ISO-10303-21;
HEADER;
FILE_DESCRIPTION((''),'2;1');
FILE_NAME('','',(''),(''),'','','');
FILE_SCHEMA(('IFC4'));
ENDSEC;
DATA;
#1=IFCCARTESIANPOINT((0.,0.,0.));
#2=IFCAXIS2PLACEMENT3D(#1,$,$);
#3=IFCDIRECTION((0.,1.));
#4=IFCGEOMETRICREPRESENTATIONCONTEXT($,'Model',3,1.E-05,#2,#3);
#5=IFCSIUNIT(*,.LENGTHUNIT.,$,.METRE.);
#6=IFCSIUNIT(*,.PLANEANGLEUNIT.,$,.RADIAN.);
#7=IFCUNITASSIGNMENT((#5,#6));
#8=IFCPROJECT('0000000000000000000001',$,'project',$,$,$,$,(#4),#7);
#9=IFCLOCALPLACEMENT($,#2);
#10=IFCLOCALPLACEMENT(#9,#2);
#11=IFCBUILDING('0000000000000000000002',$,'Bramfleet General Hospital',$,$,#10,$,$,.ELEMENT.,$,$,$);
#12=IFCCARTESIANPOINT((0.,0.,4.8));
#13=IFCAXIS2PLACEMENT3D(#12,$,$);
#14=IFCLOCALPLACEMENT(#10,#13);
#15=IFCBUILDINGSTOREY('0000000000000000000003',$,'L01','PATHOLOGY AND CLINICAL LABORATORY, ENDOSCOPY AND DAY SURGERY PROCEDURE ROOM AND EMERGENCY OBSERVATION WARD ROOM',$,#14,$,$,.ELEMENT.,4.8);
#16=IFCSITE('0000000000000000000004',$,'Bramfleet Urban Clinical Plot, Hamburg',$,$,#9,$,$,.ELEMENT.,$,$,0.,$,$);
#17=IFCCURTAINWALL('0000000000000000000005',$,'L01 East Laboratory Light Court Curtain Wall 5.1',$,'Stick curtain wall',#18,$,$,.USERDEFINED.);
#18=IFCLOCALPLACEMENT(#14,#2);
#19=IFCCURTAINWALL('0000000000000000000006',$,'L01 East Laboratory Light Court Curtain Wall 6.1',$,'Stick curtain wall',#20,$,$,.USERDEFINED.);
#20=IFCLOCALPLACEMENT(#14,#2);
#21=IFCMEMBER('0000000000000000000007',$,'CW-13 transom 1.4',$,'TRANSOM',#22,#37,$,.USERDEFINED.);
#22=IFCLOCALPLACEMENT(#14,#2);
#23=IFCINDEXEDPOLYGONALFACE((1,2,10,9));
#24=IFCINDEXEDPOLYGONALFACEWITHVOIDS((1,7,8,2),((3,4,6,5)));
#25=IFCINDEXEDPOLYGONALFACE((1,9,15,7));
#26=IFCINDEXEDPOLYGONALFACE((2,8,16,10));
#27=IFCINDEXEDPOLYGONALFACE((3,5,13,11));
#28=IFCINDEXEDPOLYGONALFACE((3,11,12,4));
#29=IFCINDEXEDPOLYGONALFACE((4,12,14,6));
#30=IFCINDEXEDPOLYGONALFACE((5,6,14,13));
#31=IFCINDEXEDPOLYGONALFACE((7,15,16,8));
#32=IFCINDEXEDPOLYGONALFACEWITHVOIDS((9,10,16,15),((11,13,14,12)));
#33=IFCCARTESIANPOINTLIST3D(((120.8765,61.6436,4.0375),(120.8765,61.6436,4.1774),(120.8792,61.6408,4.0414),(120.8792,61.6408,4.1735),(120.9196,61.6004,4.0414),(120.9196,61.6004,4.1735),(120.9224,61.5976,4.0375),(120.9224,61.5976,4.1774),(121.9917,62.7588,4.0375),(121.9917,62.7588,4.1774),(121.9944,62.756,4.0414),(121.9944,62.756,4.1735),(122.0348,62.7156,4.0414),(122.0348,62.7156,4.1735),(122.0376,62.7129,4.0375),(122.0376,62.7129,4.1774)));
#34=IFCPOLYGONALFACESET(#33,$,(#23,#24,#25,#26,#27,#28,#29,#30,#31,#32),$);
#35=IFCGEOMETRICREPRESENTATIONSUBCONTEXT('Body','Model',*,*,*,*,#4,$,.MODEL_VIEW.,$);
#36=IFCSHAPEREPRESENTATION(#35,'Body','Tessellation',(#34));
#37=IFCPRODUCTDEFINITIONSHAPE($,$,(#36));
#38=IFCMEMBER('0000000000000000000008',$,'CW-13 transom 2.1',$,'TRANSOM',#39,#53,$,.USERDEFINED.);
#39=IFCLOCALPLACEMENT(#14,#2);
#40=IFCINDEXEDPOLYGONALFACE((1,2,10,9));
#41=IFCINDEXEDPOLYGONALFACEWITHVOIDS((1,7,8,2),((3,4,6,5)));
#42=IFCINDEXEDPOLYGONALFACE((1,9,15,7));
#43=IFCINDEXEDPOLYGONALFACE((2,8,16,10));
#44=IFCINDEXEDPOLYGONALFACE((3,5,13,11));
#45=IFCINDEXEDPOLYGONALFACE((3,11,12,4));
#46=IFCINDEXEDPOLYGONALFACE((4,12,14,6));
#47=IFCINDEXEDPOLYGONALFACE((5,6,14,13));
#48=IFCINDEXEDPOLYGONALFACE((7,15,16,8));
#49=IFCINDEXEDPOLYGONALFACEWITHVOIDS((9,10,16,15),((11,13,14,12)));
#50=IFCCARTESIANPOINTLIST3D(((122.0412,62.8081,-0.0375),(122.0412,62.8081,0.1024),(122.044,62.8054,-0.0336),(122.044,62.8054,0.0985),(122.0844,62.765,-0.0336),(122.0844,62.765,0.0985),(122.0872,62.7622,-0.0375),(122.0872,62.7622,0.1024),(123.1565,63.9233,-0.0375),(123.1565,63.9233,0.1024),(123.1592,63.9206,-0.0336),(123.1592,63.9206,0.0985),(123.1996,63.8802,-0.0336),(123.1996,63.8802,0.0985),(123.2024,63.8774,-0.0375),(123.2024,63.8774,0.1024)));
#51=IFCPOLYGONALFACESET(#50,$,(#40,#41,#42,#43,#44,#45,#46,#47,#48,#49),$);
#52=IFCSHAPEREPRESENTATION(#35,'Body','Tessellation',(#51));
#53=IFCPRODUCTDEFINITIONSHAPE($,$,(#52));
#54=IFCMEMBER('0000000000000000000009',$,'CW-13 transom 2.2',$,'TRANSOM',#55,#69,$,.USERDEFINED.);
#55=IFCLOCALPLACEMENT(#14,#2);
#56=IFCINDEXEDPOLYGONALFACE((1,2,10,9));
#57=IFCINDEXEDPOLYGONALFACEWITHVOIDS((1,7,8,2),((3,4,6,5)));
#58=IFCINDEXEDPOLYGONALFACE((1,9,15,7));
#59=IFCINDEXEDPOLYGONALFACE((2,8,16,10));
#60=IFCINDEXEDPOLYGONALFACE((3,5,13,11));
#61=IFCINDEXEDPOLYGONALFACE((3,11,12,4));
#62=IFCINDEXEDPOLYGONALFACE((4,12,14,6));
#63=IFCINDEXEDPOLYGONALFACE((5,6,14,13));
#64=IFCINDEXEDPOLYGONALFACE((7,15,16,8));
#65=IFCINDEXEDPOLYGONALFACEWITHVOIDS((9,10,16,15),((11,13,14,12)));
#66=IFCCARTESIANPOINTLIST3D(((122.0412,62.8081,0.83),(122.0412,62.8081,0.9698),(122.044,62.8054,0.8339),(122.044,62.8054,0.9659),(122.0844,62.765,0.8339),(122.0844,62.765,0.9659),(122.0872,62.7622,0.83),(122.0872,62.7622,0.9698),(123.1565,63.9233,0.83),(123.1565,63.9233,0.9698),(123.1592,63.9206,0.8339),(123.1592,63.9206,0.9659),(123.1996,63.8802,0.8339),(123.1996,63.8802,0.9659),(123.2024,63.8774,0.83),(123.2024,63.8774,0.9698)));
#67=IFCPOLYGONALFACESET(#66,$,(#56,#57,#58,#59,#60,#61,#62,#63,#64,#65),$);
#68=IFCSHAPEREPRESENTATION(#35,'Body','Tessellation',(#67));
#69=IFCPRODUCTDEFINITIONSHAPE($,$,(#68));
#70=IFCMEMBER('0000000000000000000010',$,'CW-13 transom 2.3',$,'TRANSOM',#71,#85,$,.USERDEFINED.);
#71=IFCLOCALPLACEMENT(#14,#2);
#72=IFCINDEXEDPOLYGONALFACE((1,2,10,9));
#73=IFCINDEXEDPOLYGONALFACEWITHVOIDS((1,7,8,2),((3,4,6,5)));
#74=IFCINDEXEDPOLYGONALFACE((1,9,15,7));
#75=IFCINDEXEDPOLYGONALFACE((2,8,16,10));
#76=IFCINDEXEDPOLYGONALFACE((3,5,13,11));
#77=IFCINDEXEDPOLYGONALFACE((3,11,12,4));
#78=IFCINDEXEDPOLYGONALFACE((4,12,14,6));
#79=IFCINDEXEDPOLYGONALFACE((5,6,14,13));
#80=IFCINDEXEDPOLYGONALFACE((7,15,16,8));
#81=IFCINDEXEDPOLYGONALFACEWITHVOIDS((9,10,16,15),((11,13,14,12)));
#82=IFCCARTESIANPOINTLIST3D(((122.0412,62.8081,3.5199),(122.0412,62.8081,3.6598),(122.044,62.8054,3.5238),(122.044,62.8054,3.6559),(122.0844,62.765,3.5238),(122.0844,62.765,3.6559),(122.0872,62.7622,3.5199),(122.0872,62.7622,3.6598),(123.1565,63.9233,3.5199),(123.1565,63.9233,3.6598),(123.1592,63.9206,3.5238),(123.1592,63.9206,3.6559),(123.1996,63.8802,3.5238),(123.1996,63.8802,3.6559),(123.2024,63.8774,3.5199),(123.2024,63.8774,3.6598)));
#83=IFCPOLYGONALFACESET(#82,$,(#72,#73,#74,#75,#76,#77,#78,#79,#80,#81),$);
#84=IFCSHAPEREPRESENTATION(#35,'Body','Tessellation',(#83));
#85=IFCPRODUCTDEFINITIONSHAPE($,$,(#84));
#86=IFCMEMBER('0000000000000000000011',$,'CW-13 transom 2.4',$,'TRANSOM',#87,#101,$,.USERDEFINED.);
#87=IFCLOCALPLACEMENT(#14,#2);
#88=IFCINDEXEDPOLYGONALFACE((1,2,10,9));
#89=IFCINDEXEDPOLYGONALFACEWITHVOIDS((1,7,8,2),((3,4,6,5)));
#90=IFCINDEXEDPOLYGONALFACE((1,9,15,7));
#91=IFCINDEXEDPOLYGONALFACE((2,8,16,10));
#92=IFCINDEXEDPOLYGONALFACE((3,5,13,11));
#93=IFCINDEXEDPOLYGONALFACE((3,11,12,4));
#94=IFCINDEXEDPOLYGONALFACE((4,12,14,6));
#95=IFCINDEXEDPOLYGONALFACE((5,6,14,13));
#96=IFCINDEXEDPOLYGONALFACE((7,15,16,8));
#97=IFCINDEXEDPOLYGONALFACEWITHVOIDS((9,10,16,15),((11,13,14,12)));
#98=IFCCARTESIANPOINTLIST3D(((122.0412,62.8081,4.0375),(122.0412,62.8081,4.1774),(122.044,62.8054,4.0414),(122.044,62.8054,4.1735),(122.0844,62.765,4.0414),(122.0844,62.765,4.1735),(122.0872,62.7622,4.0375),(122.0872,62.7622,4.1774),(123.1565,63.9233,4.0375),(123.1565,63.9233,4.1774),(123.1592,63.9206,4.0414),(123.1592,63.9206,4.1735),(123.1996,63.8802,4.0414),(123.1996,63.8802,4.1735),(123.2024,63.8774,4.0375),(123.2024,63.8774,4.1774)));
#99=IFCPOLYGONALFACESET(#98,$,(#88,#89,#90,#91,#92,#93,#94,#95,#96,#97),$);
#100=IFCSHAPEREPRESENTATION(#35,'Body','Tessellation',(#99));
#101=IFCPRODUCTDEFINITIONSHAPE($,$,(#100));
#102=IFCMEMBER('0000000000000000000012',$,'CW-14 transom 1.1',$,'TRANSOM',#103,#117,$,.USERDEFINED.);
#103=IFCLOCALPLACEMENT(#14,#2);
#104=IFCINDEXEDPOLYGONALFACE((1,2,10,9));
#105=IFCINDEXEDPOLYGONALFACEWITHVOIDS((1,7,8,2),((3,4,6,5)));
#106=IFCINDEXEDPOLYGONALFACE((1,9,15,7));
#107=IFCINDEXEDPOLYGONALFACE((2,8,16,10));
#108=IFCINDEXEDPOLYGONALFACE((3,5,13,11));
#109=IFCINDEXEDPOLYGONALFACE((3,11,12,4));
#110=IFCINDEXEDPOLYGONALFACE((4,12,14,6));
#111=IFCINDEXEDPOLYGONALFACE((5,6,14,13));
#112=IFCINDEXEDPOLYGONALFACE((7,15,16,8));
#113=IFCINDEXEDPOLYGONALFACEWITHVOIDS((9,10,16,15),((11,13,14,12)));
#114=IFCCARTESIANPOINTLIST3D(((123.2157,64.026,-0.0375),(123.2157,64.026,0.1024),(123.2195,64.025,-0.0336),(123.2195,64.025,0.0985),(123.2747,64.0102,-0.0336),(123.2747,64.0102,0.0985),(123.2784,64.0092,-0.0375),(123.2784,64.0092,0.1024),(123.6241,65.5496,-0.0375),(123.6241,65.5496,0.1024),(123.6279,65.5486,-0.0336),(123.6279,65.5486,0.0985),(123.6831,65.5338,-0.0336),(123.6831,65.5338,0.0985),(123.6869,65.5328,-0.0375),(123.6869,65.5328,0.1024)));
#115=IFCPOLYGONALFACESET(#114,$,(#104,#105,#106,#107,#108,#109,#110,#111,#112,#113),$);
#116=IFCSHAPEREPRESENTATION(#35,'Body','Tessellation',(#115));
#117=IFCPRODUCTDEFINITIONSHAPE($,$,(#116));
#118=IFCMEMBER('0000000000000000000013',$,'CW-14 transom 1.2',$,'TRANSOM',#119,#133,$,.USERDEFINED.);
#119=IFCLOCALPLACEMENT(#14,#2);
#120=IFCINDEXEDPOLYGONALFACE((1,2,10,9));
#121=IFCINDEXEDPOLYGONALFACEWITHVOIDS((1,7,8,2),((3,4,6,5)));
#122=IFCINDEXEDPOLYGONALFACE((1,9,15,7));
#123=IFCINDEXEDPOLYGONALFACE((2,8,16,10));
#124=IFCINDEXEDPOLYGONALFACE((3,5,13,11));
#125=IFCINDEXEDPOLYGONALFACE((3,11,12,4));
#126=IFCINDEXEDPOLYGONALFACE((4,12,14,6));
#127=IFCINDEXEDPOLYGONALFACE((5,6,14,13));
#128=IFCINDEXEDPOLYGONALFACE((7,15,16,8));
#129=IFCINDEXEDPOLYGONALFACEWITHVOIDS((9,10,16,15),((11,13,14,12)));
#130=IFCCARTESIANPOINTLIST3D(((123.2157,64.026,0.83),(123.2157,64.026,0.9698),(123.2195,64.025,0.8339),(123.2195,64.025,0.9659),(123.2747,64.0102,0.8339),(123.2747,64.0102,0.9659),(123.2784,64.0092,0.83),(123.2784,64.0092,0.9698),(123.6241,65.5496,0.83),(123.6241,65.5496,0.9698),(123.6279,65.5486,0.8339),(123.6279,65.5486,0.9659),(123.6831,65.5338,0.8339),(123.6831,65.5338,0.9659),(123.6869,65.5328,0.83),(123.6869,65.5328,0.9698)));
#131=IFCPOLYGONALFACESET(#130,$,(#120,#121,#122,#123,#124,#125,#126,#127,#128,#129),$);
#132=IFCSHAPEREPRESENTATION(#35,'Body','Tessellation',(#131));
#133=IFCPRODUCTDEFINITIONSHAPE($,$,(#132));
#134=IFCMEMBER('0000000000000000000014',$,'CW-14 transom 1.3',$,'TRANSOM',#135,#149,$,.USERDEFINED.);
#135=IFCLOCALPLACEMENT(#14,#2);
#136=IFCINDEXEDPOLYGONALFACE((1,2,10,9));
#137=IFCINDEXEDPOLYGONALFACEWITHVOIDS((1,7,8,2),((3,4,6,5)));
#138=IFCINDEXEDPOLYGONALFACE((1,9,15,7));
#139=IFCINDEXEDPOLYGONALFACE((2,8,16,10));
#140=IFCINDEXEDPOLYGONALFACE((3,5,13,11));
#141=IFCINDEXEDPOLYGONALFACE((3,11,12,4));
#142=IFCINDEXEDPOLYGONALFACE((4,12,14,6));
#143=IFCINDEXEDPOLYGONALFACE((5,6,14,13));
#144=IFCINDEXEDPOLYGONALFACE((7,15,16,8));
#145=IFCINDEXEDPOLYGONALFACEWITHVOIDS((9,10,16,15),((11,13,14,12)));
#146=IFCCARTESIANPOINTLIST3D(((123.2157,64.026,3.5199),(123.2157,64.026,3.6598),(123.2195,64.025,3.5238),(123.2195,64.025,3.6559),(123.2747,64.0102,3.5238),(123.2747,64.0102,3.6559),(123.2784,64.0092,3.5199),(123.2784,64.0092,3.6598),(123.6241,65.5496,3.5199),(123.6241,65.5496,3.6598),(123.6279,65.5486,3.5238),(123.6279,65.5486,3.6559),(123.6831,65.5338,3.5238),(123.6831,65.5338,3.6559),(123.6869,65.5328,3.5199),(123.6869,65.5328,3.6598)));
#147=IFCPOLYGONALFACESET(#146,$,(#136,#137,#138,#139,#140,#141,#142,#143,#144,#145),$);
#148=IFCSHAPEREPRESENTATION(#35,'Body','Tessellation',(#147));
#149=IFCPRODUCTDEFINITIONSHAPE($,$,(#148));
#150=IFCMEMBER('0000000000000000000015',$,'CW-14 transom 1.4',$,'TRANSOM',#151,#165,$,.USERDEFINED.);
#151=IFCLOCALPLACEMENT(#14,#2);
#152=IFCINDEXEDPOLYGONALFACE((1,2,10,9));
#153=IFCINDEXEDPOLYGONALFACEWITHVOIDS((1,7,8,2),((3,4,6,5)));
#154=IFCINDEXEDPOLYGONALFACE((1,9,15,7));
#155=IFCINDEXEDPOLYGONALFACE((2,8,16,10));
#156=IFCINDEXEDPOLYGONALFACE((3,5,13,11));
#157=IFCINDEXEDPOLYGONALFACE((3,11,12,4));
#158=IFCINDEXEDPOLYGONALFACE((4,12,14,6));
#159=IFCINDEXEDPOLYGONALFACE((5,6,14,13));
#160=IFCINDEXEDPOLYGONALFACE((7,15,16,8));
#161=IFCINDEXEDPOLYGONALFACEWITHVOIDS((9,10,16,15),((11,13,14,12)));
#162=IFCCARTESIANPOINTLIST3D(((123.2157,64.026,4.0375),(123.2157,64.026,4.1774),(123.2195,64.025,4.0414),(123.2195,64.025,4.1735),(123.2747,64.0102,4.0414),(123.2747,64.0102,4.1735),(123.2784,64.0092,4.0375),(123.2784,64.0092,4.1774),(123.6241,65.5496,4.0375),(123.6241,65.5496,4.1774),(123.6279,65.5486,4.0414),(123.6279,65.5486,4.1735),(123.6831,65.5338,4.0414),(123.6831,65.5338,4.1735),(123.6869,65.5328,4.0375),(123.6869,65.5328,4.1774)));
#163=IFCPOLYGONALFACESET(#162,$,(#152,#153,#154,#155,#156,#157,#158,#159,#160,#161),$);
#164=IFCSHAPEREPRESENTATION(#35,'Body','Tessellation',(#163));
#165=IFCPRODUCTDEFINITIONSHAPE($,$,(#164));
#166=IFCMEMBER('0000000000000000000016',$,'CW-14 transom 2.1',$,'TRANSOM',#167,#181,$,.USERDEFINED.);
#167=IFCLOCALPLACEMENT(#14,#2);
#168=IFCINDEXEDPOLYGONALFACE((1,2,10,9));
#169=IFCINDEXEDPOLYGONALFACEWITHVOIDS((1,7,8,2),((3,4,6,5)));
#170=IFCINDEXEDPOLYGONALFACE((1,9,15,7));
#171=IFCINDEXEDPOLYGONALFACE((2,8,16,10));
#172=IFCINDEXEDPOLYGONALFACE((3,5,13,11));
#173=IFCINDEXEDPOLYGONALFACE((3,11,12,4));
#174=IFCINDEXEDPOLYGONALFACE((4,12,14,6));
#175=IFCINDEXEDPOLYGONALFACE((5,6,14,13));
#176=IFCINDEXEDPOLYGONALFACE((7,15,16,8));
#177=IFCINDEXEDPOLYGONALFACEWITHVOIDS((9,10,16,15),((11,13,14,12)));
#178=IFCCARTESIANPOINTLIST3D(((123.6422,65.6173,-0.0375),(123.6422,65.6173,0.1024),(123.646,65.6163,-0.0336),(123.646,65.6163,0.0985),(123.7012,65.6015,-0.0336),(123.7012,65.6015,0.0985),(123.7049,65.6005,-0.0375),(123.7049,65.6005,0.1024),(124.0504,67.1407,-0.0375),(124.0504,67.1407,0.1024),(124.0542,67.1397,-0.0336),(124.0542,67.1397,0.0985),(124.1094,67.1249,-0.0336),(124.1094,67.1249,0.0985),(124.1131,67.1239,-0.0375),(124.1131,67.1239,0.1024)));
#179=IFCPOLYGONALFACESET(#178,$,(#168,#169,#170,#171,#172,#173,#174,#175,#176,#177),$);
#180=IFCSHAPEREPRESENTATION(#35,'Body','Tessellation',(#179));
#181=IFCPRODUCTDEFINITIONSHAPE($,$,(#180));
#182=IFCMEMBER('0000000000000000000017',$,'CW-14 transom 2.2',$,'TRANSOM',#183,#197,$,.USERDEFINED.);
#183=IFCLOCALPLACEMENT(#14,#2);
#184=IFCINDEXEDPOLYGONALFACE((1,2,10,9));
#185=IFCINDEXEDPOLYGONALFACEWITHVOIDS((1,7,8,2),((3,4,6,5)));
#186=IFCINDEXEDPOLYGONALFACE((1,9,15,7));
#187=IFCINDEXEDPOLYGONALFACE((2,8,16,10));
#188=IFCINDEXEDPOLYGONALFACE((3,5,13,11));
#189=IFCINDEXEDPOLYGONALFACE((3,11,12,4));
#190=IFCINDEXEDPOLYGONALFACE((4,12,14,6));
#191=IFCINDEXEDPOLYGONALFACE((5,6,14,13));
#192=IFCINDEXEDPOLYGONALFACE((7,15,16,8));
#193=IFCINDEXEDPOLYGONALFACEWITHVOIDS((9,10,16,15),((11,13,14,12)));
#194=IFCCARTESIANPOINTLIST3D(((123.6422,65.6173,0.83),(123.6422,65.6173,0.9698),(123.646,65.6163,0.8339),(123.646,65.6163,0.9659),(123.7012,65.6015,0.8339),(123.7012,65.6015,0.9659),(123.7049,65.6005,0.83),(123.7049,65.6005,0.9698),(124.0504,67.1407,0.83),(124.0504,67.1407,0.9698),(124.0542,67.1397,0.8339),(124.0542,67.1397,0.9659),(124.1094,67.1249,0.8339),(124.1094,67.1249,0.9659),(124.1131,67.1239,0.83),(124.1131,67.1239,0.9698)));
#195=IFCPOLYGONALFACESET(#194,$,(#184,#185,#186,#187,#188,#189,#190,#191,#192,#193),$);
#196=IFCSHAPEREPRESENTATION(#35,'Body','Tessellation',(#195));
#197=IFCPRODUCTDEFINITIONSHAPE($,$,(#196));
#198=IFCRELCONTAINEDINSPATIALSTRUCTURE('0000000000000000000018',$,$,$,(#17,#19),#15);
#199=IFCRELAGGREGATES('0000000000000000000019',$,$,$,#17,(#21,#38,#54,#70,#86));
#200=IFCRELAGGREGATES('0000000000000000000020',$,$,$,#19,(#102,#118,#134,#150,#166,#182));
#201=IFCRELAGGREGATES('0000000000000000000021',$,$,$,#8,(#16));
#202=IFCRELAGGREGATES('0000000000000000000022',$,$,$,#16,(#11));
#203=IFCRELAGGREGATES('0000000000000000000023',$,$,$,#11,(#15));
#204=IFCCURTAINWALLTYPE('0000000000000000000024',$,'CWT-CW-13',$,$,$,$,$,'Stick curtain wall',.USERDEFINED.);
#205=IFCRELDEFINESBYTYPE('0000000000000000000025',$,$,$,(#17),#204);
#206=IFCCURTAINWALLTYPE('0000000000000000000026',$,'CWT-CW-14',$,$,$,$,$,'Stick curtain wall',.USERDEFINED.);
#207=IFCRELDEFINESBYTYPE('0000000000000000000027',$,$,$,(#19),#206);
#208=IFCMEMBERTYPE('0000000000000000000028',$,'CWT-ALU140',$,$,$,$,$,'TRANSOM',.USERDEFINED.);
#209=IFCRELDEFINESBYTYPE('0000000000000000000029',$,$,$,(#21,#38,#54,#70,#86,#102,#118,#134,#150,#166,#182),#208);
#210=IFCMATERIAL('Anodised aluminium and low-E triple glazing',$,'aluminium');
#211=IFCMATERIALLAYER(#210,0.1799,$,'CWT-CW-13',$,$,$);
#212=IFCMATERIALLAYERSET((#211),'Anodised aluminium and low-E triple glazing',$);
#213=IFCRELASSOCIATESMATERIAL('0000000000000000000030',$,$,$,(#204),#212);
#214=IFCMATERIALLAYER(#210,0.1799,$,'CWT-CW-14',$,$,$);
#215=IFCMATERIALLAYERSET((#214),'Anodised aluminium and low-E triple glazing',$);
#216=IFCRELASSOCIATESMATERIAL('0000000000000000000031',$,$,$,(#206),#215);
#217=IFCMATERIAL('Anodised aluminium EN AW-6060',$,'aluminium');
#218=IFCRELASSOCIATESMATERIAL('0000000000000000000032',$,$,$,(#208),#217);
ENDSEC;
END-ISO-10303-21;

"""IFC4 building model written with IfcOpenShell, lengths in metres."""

from ifc_helpers import new_model, si_unit, direction, frame, origin, origin_2d, place, context, subcontext, project, spatial, hollow_rectangle, extrude, material, layer, layer_set, material_profile, profile_set, type_object, element, aggregate, save


model = new_model("IFC4")

# Units and contexts
model_context = context("Model", 3, precision=1e-05, world=origin(), true_north=direction((0.0, 1.0)))
body_context = subcontext(model_context, "Body", "Model", "MODEL_VIEW")
ifc_project = project(units=[si_unit("LENGTHUNIT", "METRE"), si_unit("PLANEANGLEUNIT", "RADIAN")], contexts=[model_context])

# Site, building, storey
site_placement = place(None, origin())
site = spatial("IfcSite", under=ifc_project, at=site_placement, Name="Bramfleet Urban Clinical Plot, Hamburg", CompositionType="ELEMENT", RefElevation=0.0)
building_placement = place(site_placement, origin())
building = spatial("IfcBuilding", under=site, at=building_placement, Name="Bramfleet General Hospital", CompositionType="ELEMENT")
storey_placement = place(building_placement, frame((0.0, 0.0, 4.8)))
storey = spatial("IfcBuildingStorey", under=building, at=storey_placement, Name="L01", Description="PATHOLOGY AND CLINICAL LABORATORY, ENDOSCOPY AND DAY SURGERY PROCEDURE ROOM AND EMERGENCY OBSERVATION WARD ROOM", CompositionType="ELEMENT", Elevation=4.8)

# Curtain walls
ifc_material_1 = material(Name="Anodised aluminium and low-E triple glazing", Category="aluminium")
ifc_layer_1 = layer(ifc_material_1, 0.1799, Name="CWT-CW-13")
ifc_layer_set_1 = layer_set([ifc_layer_1], Name="Anodised aluminium and low-E triple glazing")
curtain_wall_type_1 = type_object("IfcCurtainWallType", Name="CWT-CW-13", ElementType="Stick curtain wall", PredefinedType="USERDEFINED", material=ifc_layer_set_1)
curtain_wall_1_placement = place(storey_placement, origin())
curtain_wall_1 = element("IfcCurtainWall", 1, at=curtain_wall_1_placement, inside=storey, type_object=curtain_wall_type_1, Name="L01 East Laboratory Light Court Curtain Wall 5.1", ObjectType="Stick curtain wall", PredefinedType="USERDEFINED")
ifc_material_2 = material(Name="Anodised aluminium EN AW-6060", Category="aluminium")
ifc_layer_2 = layer(ifc_material_1, 0.1799, Name="CWT-CW-14")
ifc_layer_set_2 = layer_set([ifc_layer_2], Name="Anodised aluminium and low-E triple glazing")
curtain_wall_type_2 = type_object("IfcCurtainWallType", Name="CWT-CW-14", ElementType="Stick curtain wall", PredefinedType="USERDEFINED", material=ifc_layer_set_2)
curtain_wall_2_placement = place(storey_placement, origin())
curtain_wall_2 = element("IfcCurtainWall", 2, at=curtain_wall_2_placement, inside=storey, type_object=curtain_wall_type_2, Name="L01 East Laboratory Light Court Curtain Wall 6.1", ObjectType="Stick curtain wall", PredefinedType="USERDEFINED")

# Members
ifc_material_profile_1 = material_profile(ifc_material_2, hollow_rectangle(XDim=0.0649, YDim=0.1399, WallThickness=0.0039, at=origin_2d()), Name="ALU 140x65x4.0")
ifc_profile_set_1 = profile_set([ifc_material_profile_1], Name="Anodised aluminium EN AW-6060")
member_type_1 = type_object("IfcMemberType", Name="CWT-ALU140", ElementType="TRANSOM", PredefinedType="USERDEFINED", material=ifc_profile_set_1)
member_1_placement = place(storey_placement, frame((120.8994, 61.6206, 4.1074), z_axis=(0.707107, 0.707107, 0.0), x_axis=(-0.707107, 0.707107, 0.0)))
member_1 = element("IfcMember", 3, at=member_1_placement, type_object=member_type_1, Name="CW-13 transom 1.4", ObjectType="TRANSOM", PredefinedType="USERDEFINED", context=body_context, shape_type="SweptSolid", body=[
    extrude(hollow_rectangle(XDim=0.0649, YDim=0.1399, WallThickness=0.0039, at=origin_2d()), origin(), (0.0, 0.0, 1.0), 1.5771),
])
member_2_placement = place(storey_placement, frame((122.0642, 62.7852, 0.0325), z_axis=(0.707107, 0.707107, 0.0), x_axis=(-0.707107, 0.707107, 0.0)))
member_2 = element("IfcMember", 4, at=member_2_placement, type_object=member_type_1, Name="CW-13 transom 2.1", ObjectType="TRANSOM", PredefinedType="USERDEFINED", context=body_context, shape_type="SweptSolid", body=[
    extrude(hollow_rectangle(XDim=0.0649, YDim=0.1399, WallThickness=0.0039, at=origin_2d()), origin(), (0.0, 0.0, 1.0), 1.5771),
])
member_3_placement = place(storey_placement, frame((122.0642, 62.7852, 0.8999), z_axis=(0.707107, 0.707107, 0.0), x_axis=(-0.707107, 0.707107, 0.0)))
member_3 = element("IfcMember", 5, at=member_3_placement, type_object=member_type_1, Name="CW-13 transom 2.2", ObjectType="TRANSOM", PredefinedType="USERDEFINED", context=body_context, shape_type="SweptSolid", body=[
    extrude(hollow_rectangle(XDim=0.0649, YDim=0.1399, WallThickness=0.0039, at=origin_2d()), origin(), (0.0, 0.0, 1.0), 1.5771),
])
member_4_placement = place(storey_placement, frame((122.0642, 62.7852, 3.5898), z_axis=(0.707107, 0.707107, 0.0), x_axis=(-0.707107, 0.707107, 0.0)))
member_4 = element("IfcMember", 6, at=member_4_placement, type_object=member_type_1, Name="CW-13 transom 2.3", ObjectType="TRANSOM", PredefinedType="USERDEFINED", context=body_context, shape_type="SweptSolid", body=[
    extrude(hollow_rectangle(XDim=0.0649, YDim=0.1399, WallThickness=0.0039, at=origin_2d()), origin(), (0.0, 0.0, 1.0), 1.5771),
])
member_5_placement = place(storey_placement, frame((122.0642, 62.7852, 4.1074), z_axis=(0.707107, 0.707107, 0.0), x_axis=(-0.707107, 0.707107, 0.0)))
member_5 = element("IfcMember", 7, at=member_5_placement, type_object=member_type_1, Name="CW-13 transom 2.4", ObjectType="TRANSOM", PredefinedType="USERDEFINED", context=body_context, shape_type="SweptSolid", body=[
    extrude(hollow_rectangle(XDim=0.0649, YDim=0.1399, WallThickness=0.0039, at=origin_2d()), origin(), (0.0, 0.0, 1.0), 1.5771),
])
member_6_placement = place(storey_placement, frame((123.2471, 64.0176, 0.0325), z_axis=(0.258924, 0.965898, 0.0), x_axis=(-0.965898, 0.258924, 0.0)))
member_6 = element("IfcMember", 8, at=member_6_placement, type_object=member_type_1, Name="CW-14 transom 1.1", ObjectType="TRANSOM", PredefinedType="USERDEFINED", context=body_context, shape_type="SweptSolid", body=[
    extrude(hollow_rectangle(XDim=0.0649, YDim=0.1399, WallThickness=0.0039, at=origin_2d()), origin(), (0.0, 0.0, 1.0), 1.5774),
])
member_7_placement = place(storey_placement, frame((123.2471, 64.0176, 0.8999), z_axis=(0.258924, 0.965898, 0.0), x_axis=(-0.965898, 0.258924, 0.0)))
member_7 = element("IfcMember", 9, at=member_7_placement, type_object=member_type_1, Name="CW-14 transom 1.2", ObjectType="TRANSOM", PredefinedType="USERDEFINED", context=body_context, shape_type="SweptSolid", body=[
    extrude(hollow_rectangle(XDim=0.0649, YDim=0.1399, WallThickness=0.0039, at=origin_2d()), origin(), (0.0, 0.0, 1.0), 1.5774),
])
member_8_placement = place(storey_placement, frame((123.2471, 64.0176, 3.5898), z_axis=(0.258924, 0.965898, 0.0), x_axis=(-0.965898, 0.258924, 0.0)))
member_8 = element("IfcMember", 10, at=member_8_placement, type_object=member_type_1, Name="CW-14 transom 1.3", ObjectType="TRANSOM", PredefinedType="USERDEFINED", context=body_context, shape_type="SweptSolid", body=[
    extrude(hollow_rectangle(XDim=0.0649, YDim=0.1399, WallThickness=0.0039, at=origin_2d()), origin(), (0.0, 0.0, 1.0), 1.5774),
])
member_9_placement = place(storey_placement, frame((123.2471, 64.0176, 4.1074), z_axis=(0.258924, 0.965898, 0.0), x_axis=(-0.965898, 0.258924, 0.0)))
member_9 = element("IfcMember", 11, at=member_9_placement, type_object=member_type_1, Name="CW-14 transom 1.4", ObjectType="TRANSOM", PredefinedType="USERDEFINED", context=body_context, shape_type="SweptSolid", body=[
    extrude(hollow_rectangle(XDim=0.0649, YDim=0.1399, WallThickness=0.0039, at=origin_2d()), origin(), (0.0, 0.0, 1.0), 1.5774),
])
member_10_placement = place(storey_placement, frame((123.6736, 65.6089, 0.0325), z_axis=(0.258819, 0.965926, 0.0), x_axis=(-0.965926, 0.258819, 0.0)))
member_10 = element("IfcMember", 12, at=member_10_placement, type_object=member_type_1, Name="CW-14 transom 2.1", ObjectType="TRANSOM", PredefinedType="USERDEFINED", context=body_context, shape_type="SweptSolid", body=[
    extrude(hollow_rectangle(XDim=0.0649, YDim=0.1399, WallThickness=0.0039, at=origin_2d()), origin(), (0.0, 0.0, 1.0), 1.5771),
])
member_11_placement = place(storey_placement, frame((123.6736, 65.6089, 0.8999), z_axis=(0.258819, 0.965926, 0.0), x_axis=(-0.965926, 0.258819, 0.0)))
member_11 = element("IfcMember", 13, at=member_11_placement, type_object=member_type_1, Name="CW-14 transom 2.2", ObjectType="TRANSOM", PredefinedType="USERDEFINED", context=body_context, shape_type="SweptSolid", body=[
    extrude(hollow_rectangle(XDim=0.0649, YDim=0.1399, WallThickness=0.0039, at=origin_2d()), origin(), (0.0, 0.0, 1.0), 1.5771),
])

aggregate(curtain_wall_1, [member_1, member_2, member_3, member_4, member_5])
aggregate(curtain_wall_2, [member_6, member_7, member_8, member_9, member_10, member_11])

save(model, "model.ifc")
